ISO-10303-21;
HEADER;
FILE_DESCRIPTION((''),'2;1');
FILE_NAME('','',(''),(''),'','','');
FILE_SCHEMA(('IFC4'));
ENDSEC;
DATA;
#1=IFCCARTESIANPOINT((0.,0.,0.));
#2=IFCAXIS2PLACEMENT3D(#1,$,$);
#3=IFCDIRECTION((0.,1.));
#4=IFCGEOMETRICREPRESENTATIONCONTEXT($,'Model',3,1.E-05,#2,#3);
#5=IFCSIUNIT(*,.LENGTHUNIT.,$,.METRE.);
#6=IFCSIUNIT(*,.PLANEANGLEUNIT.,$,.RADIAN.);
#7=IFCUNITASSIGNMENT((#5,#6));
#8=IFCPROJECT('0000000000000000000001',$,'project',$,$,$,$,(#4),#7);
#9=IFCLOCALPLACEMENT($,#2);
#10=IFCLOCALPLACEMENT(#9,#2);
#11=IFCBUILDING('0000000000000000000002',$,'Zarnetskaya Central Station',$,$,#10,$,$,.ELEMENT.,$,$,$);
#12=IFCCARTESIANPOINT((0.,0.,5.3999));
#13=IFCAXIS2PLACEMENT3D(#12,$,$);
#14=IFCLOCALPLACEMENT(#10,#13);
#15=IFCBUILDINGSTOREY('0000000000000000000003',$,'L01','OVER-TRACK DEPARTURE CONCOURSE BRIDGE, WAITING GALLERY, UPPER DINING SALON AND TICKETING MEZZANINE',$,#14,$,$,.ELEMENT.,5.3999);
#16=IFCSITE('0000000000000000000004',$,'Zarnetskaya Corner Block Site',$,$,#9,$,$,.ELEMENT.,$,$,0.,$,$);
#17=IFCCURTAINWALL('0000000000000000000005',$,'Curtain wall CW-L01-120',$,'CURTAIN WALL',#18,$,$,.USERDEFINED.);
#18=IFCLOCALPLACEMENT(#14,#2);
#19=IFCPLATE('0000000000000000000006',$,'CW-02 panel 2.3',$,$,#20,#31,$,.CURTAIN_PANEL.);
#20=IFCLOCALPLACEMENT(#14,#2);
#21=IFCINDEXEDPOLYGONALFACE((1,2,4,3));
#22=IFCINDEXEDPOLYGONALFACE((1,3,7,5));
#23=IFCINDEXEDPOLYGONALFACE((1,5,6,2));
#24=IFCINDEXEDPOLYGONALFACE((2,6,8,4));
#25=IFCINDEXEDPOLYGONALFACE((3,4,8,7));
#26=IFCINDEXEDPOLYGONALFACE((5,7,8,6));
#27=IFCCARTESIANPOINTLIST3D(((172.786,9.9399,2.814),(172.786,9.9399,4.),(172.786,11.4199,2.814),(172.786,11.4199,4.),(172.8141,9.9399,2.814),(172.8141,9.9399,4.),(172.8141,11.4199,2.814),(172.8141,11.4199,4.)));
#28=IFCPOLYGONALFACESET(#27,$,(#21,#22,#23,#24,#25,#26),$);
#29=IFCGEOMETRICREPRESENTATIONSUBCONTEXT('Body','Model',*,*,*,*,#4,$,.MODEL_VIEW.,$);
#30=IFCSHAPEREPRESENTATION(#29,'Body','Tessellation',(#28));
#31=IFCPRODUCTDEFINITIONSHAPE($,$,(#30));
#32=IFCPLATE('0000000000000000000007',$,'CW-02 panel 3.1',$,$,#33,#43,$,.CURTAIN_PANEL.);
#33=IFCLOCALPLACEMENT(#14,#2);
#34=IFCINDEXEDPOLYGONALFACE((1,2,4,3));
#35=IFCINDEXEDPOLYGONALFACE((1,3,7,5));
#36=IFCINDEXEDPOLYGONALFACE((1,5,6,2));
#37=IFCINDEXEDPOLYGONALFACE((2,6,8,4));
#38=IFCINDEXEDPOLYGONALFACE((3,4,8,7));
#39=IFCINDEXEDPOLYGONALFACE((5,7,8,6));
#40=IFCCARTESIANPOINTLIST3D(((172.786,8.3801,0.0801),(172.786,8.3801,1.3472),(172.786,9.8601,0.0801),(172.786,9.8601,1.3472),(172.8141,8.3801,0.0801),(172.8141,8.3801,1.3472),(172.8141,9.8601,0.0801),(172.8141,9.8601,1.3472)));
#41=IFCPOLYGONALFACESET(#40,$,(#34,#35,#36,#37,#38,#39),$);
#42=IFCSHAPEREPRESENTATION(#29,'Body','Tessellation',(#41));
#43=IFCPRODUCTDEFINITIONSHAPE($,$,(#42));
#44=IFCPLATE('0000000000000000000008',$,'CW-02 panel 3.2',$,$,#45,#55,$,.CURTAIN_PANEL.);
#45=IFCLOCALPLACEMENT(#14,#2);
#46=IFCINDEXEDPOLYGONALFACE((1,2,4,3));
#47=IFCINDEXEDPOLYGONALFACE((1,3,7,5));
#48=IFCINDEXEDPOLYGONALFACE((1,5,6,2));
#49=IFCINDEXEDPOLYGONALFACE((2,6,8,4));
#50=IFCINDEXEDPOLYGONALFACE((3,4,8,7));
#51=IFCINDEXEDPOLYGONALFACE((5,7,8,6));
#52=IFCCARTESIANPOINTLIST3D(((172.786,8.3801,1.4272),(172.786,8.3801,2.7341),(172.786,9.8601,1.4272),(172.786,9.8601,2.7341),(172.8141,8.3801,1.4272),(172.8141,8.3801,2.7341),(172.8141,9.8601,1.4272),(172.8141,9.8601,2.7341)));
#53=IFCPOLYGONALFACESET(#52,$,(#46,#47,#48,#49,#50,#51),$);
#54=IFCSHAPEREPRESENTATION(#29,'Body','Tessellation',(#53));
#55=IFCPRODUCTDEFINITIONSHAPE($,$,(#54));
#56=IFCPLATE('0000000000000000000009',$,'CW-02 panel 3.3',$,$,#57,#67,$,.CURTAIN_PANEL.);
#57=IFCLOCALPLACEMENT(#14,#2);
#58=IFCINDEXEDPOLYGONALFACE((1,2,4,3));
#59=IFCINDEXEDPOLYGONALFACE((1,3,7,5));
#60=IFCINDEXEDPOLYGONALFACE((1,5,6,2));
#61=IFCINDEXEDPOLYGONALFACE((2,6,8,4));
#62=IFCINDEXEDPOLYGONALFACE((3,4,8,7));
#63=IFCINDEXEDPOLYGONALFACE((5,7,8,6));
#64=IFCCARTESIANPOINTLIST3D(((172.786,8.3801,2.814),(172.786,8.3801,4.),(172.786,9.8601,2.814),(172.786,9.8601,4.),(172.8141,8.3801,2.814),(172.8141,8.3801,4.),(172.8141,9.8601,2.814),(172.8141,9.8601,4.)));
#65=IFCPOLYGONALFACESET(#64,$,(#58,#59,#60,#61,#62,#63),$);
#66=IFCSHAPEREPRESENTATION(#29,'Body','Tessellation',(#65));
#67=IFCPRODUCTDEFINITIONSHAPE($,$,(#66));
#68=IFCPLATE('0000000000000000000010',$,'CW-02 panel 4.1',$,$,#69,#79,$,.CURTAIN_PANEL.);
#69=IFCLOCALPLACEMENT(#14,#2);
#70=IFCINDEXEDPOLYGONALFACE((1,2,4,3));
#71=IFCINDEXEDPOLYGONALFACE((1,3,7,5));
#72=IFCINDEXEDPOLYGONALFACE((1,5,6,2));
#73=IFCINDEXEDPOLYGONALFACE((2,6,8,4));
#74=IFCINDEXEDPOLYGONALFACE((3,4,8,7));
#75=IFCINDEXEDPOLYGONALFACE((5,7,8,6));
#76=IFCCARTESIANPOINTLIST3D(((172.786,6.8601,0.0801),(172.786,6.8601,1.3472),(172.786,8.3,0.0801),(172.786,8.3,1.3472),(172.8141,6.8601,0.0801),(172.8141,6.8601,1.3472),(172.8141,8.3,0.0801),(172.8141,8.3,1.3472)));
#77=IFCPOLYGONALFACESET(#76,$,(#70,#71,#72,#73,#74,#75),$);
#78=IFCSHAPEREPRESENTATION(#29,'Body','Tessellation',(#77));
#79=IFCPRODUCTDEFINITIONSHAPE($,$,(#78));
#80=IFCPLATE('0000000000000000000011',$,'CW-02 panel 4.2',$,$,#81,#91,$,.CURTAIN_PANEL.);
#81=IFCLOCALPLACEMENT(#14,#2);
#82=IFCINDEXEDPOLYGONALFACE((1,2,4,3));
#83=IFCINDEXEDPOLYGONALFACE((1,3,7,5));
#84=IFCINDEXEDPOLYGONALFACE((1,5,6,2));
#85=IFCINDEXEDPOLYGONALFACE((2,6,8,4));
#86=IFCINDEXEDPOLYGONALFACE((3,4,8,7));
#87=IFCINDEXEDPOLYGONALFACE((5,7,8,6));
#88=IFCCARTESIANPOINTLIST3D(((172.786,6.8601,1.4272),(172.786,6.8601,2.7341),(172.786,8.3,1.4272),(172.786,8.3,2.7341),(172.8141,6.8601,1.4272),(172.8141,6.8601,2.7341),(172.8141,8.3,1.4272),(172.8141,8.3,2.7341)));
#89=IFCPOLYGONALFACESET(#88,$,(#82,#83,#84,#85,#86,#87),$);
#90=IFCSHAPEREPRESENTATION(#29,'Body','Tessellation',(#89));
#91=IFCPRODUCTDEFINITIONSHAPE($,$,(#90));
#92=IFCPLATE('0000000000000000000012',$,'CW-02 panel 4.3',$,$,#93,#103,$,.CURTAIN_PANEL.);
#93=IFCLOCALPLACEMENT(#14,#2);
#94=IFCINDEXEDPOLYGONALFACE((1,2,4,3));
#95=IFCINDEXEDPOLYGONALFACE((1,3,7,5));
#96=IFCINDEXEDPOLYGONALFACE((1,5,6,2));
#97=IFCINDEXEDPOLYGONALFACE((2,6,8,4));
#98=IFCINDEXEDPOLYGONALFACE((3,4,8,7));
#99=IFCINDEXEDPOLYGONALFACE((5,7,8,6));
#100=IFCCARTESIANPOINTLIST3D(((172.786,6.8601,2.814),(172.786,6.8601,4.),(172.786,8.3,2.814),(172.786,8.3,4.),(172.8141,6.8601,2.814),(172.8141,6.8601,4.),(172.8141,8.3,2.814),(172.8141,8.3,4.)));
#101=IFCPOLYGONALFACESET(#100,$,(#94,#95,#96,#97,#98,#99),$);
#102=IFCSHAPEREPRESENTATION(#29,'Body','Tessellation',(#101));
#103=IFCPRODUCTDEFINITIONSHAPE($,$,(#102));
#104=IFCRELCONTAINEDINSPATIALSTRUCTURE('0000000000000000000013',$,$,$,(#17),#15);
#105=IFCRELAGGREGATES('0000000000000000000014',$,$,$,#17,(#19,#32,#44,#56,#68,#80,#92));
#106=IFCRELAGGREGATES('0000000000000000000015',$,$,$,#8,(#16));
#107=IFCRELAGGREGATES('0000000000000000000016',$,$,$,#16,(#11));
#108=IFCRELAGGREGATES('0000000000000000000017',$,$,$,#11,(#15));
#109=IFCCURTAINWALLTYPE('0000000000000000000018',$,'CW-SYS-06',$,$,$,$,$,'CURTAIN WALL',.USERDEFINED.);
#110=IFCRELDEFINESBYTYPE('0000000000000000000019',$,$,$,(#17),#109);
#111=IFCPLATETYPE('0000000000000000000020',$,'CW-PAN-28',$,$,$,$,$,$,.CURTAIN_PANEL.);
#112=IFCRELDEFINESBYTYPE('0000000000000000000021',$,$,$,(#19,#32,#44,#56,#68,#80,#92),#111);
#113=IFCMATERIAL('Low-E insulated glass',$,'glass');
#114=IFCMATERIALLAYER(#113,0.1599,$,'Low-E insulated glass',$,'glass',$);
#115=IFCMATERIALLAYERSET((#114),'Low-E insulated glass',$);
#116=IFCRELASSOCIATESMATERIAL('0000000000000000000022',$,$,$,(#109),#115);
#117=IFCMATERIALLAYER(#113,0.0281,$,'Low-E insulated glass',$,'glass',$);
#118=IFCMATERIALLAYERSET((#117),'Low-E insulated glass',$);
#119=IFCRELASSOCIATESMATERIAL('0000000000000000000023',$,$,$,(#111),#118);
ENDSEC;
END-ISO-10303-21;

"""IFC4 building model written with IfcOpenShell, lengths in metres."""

from ifc_helpers import new_model, si_unit, direction, frame, origin, origin_2d, place, context, subcontext, project, spatial, rectangle, extrude, material, layer, layer_set, type_object, element, aggregate, save


model = new_model("IFC4")

# Units and contexts
model_context = context("Model", 3, precision=1e-05, world=origin(), true_north=direction((0.0, 1.0)))
body_context = subcontext(model_context, "Body", "Model", "MODEL_VIEW")
ifc_project = project(units=[si_unit("LENGTHUNIT", "METRE"), si_unit("PLANEANGLEUNIT", "RADIAN")], contexts=[model_context])

# Site, building, storey
site_placement = place(None, origin())
site = spatial("IfcSite", under=ifc_project, at=site_placement, Name="Zarnetskaya Corner Block Site", CompositionType="ELEMENT", RefElevation=0.0)
building_placement = place(site_placement, origin())
building = spatial("IfcBuilding", under=site, at=building_placement, Name="Zarnetskaya Central Station", CompositionType="ELEMENT")
storey_placement = place(building_placement, frame((0.0, 0.0, 5.3999)))
storey = spatial("IfcBuildingStorey", under=building, at=storey_placement, Name="L01", Description="OVER-TRACK DEPARTURE CONCOURSE BRIDGE, WAITING GALLERY, UPPER DINING SALON AND TICKETING MEZZANINE", CompositionType="ELEMENT", Elevation=5.3999)

# Curtain wall
ifc_material_1 = material(Name="Low-E insulated glass", Category="glass")
ifc_layer_1 = layer(ifc_material_1, 0.1599, Name="Low-E insulated glass", Category="glass")
ifc_layer_set_1 = layer_set([ifc_layer_1], Name="Low-E insulated glass")
curtain_wall_type = type_object("IfcCurtainWallType", Name="CW-SYS-06", ElementType="CURTAIN WALL", PredefinedType="USERDEFINED", material=ifc_layer_set_1)
curtain_wall_placement = place(storey_placement, origin())
curtain_wall = element("IfcCurtainWall", 1, at=curtain_wall_placement, inside=storey, type_object=curtain_wall_type, Name="Curtain wall CW-L01-120", ObjectType="CURTAIN WALL", PredefinedType="USERDEFINED")

# Plates
ifc_layer_2 = layer(ifc_material_1, 0.0281, Name="Low-E insulated glass", Category="glass")
ifc_layer_set_2 = layer_set([ifc_layer_2], Name="Low-E insulated glass")
plate_type = type_object("IfcPlateType", Name="CW-PAN-28", PredefinedType="CURTAIN_PANEL", material=ifc_layer_set_2)
plate_1_placement = place(storey_placement, frame((172.8, 10.6799, 2.814), z_axis=(0.0, 0.0, 1.0), x_axis=(0.0, -1.0, 0.0)))
plate_1 = element("IfcPlate", 2, at=plate_1_placement, type_object=plate_type, Name="CW-02 panel 2.3", PredefinedType="CURTAIN_PANEL", context=body_context, shape_type="SweptSolid", body=[
    extrude(rectangle(XDim=1.48, YDim=0.0281, at=origin_2d()), origin(), (0.0, 0.0, 1.0), 1.186),
])
plate_2_placement = place(storey_placement, frame((172.8, 9.1201, 0.0801), z_axis=(0.0, 0.0, 1.0), x_axis=(0.0, -1.0, 0.0)))
plate_2 = element("IfcPlate", 3, at=plate_2_placement, type_object=plate_type, Name="CW-02 panel 3.1", PredefinedType="CURTAIN_PANEL", context=body_context, shape_type="SweptSolid", body=[
    extrude(rectangle(XDim=1.48, YDim=0.0281, at=origin_2d()), origin(), (0.0, 0.0, 1.0), 1.2671),
])
plate_3_placement = place(storey_placement, frame((172.8, 9.1201, 1.4272), z_axis=(0.0, 0.0, 1.0), x_axis=(0.0, -1.0, 0.0)))
plate_3 = element("IfcPlate", 4, at=plate_3_placement, type_object=plate_type, Name="CW-02 panel 3.2", PredefinedType="CURTAIN_PANEL", context=body_context, shape_type="SweptSolid", body=[
    extrude(rectangle(XDim=1.48, YDim=0.0281, at=origin_2d()), origin(), (0.0, 0.0, 1.0), 1.3069),
])
plate_4_placement = place(storey_placement, frame((172.8, 9.1201, 2.814), z_axis=(0.0, 0.0, 1.0), x_axis=(0.0, -1.0, 0.0)))
plate_4 = element("IfcPlate", 5, at=plate_4_placement, type_object=plate_type, Name="CW-02 panel 3.3", PredefinedType="CURTAIN_PANEL", context=body_context, shape_type="SweptSolid", body=[
    extrude(rectangle(XDim=1.48, YDim=0.0281, at=origin_2d()), origin(), (0.0, 0.0, 1.0), 1.186),
])
plate_5_placement = place(storey_placement, frame((172.8, 7.5801, 0.0801), z_axis=(0.0, 0.0, 1.0), x_axis=(0.0, -1.0, 0.0)))
plate_5 = element("IfcPlate", 6, at=plate_5_placement, type_object=plate_type, Name="CW-02 panel 4.1", PredefinedType="CURTAIN_PANEL", context=body_context, shape_type="SweptSolid", body=[
    extrude(rectangle(XDim=1.4399, YDim=0.0281, at=origin_2d()), origin(), (0.0, 0.0, 1.0), 1.2671),
])
plate_6_placement = place(storey_placement, frame((172.8, 7.5801, 1.4272), z_axis=(0.0, 0.0, 1.0), x_axis=(0.0, -1.0, 0.0)))
plate_6 = element("IfcPlate", 7, at=plate_6_placement, type_object=plate_type, Name="CW-02 panel 4.2", PredefinedType="CURTAIN_PANEL", context=body_context, shape_type="SweptSolid", body=[
    extrude(rectangle(XDim=1.4399, YDim=0.0281, at=origin_2d()), origin(), (0.0, 0.0, 1.0), 1.3069),
])
plate_7_placement = place(storey_placement, frame((172.8, 7.5801, 2.814), z_axis=(0.0, 0.0, 1.0), x_axis=(0.0, -1.0, 0.0)))
plate_7 = element("IfcPlate", 8, at=plate_7_placement, type_object=plate_type, Name="CW-02 panel 4.3", PredefinedType="CURTAIN_PANEL", context=body_context, shape_type="SweptSolid", body=[
    extrude(rectangle(XDim=1.4399, YDim=0.0281, at=origin_2d()), origin(), (0.0, 0.0, 1.0), 1.186),
])
aggregate(curtain_wall, [plate_1, plate_2, plate_3, plate_4, plate_5, plate_6, plate_7])

save(model, "model.ifc")
